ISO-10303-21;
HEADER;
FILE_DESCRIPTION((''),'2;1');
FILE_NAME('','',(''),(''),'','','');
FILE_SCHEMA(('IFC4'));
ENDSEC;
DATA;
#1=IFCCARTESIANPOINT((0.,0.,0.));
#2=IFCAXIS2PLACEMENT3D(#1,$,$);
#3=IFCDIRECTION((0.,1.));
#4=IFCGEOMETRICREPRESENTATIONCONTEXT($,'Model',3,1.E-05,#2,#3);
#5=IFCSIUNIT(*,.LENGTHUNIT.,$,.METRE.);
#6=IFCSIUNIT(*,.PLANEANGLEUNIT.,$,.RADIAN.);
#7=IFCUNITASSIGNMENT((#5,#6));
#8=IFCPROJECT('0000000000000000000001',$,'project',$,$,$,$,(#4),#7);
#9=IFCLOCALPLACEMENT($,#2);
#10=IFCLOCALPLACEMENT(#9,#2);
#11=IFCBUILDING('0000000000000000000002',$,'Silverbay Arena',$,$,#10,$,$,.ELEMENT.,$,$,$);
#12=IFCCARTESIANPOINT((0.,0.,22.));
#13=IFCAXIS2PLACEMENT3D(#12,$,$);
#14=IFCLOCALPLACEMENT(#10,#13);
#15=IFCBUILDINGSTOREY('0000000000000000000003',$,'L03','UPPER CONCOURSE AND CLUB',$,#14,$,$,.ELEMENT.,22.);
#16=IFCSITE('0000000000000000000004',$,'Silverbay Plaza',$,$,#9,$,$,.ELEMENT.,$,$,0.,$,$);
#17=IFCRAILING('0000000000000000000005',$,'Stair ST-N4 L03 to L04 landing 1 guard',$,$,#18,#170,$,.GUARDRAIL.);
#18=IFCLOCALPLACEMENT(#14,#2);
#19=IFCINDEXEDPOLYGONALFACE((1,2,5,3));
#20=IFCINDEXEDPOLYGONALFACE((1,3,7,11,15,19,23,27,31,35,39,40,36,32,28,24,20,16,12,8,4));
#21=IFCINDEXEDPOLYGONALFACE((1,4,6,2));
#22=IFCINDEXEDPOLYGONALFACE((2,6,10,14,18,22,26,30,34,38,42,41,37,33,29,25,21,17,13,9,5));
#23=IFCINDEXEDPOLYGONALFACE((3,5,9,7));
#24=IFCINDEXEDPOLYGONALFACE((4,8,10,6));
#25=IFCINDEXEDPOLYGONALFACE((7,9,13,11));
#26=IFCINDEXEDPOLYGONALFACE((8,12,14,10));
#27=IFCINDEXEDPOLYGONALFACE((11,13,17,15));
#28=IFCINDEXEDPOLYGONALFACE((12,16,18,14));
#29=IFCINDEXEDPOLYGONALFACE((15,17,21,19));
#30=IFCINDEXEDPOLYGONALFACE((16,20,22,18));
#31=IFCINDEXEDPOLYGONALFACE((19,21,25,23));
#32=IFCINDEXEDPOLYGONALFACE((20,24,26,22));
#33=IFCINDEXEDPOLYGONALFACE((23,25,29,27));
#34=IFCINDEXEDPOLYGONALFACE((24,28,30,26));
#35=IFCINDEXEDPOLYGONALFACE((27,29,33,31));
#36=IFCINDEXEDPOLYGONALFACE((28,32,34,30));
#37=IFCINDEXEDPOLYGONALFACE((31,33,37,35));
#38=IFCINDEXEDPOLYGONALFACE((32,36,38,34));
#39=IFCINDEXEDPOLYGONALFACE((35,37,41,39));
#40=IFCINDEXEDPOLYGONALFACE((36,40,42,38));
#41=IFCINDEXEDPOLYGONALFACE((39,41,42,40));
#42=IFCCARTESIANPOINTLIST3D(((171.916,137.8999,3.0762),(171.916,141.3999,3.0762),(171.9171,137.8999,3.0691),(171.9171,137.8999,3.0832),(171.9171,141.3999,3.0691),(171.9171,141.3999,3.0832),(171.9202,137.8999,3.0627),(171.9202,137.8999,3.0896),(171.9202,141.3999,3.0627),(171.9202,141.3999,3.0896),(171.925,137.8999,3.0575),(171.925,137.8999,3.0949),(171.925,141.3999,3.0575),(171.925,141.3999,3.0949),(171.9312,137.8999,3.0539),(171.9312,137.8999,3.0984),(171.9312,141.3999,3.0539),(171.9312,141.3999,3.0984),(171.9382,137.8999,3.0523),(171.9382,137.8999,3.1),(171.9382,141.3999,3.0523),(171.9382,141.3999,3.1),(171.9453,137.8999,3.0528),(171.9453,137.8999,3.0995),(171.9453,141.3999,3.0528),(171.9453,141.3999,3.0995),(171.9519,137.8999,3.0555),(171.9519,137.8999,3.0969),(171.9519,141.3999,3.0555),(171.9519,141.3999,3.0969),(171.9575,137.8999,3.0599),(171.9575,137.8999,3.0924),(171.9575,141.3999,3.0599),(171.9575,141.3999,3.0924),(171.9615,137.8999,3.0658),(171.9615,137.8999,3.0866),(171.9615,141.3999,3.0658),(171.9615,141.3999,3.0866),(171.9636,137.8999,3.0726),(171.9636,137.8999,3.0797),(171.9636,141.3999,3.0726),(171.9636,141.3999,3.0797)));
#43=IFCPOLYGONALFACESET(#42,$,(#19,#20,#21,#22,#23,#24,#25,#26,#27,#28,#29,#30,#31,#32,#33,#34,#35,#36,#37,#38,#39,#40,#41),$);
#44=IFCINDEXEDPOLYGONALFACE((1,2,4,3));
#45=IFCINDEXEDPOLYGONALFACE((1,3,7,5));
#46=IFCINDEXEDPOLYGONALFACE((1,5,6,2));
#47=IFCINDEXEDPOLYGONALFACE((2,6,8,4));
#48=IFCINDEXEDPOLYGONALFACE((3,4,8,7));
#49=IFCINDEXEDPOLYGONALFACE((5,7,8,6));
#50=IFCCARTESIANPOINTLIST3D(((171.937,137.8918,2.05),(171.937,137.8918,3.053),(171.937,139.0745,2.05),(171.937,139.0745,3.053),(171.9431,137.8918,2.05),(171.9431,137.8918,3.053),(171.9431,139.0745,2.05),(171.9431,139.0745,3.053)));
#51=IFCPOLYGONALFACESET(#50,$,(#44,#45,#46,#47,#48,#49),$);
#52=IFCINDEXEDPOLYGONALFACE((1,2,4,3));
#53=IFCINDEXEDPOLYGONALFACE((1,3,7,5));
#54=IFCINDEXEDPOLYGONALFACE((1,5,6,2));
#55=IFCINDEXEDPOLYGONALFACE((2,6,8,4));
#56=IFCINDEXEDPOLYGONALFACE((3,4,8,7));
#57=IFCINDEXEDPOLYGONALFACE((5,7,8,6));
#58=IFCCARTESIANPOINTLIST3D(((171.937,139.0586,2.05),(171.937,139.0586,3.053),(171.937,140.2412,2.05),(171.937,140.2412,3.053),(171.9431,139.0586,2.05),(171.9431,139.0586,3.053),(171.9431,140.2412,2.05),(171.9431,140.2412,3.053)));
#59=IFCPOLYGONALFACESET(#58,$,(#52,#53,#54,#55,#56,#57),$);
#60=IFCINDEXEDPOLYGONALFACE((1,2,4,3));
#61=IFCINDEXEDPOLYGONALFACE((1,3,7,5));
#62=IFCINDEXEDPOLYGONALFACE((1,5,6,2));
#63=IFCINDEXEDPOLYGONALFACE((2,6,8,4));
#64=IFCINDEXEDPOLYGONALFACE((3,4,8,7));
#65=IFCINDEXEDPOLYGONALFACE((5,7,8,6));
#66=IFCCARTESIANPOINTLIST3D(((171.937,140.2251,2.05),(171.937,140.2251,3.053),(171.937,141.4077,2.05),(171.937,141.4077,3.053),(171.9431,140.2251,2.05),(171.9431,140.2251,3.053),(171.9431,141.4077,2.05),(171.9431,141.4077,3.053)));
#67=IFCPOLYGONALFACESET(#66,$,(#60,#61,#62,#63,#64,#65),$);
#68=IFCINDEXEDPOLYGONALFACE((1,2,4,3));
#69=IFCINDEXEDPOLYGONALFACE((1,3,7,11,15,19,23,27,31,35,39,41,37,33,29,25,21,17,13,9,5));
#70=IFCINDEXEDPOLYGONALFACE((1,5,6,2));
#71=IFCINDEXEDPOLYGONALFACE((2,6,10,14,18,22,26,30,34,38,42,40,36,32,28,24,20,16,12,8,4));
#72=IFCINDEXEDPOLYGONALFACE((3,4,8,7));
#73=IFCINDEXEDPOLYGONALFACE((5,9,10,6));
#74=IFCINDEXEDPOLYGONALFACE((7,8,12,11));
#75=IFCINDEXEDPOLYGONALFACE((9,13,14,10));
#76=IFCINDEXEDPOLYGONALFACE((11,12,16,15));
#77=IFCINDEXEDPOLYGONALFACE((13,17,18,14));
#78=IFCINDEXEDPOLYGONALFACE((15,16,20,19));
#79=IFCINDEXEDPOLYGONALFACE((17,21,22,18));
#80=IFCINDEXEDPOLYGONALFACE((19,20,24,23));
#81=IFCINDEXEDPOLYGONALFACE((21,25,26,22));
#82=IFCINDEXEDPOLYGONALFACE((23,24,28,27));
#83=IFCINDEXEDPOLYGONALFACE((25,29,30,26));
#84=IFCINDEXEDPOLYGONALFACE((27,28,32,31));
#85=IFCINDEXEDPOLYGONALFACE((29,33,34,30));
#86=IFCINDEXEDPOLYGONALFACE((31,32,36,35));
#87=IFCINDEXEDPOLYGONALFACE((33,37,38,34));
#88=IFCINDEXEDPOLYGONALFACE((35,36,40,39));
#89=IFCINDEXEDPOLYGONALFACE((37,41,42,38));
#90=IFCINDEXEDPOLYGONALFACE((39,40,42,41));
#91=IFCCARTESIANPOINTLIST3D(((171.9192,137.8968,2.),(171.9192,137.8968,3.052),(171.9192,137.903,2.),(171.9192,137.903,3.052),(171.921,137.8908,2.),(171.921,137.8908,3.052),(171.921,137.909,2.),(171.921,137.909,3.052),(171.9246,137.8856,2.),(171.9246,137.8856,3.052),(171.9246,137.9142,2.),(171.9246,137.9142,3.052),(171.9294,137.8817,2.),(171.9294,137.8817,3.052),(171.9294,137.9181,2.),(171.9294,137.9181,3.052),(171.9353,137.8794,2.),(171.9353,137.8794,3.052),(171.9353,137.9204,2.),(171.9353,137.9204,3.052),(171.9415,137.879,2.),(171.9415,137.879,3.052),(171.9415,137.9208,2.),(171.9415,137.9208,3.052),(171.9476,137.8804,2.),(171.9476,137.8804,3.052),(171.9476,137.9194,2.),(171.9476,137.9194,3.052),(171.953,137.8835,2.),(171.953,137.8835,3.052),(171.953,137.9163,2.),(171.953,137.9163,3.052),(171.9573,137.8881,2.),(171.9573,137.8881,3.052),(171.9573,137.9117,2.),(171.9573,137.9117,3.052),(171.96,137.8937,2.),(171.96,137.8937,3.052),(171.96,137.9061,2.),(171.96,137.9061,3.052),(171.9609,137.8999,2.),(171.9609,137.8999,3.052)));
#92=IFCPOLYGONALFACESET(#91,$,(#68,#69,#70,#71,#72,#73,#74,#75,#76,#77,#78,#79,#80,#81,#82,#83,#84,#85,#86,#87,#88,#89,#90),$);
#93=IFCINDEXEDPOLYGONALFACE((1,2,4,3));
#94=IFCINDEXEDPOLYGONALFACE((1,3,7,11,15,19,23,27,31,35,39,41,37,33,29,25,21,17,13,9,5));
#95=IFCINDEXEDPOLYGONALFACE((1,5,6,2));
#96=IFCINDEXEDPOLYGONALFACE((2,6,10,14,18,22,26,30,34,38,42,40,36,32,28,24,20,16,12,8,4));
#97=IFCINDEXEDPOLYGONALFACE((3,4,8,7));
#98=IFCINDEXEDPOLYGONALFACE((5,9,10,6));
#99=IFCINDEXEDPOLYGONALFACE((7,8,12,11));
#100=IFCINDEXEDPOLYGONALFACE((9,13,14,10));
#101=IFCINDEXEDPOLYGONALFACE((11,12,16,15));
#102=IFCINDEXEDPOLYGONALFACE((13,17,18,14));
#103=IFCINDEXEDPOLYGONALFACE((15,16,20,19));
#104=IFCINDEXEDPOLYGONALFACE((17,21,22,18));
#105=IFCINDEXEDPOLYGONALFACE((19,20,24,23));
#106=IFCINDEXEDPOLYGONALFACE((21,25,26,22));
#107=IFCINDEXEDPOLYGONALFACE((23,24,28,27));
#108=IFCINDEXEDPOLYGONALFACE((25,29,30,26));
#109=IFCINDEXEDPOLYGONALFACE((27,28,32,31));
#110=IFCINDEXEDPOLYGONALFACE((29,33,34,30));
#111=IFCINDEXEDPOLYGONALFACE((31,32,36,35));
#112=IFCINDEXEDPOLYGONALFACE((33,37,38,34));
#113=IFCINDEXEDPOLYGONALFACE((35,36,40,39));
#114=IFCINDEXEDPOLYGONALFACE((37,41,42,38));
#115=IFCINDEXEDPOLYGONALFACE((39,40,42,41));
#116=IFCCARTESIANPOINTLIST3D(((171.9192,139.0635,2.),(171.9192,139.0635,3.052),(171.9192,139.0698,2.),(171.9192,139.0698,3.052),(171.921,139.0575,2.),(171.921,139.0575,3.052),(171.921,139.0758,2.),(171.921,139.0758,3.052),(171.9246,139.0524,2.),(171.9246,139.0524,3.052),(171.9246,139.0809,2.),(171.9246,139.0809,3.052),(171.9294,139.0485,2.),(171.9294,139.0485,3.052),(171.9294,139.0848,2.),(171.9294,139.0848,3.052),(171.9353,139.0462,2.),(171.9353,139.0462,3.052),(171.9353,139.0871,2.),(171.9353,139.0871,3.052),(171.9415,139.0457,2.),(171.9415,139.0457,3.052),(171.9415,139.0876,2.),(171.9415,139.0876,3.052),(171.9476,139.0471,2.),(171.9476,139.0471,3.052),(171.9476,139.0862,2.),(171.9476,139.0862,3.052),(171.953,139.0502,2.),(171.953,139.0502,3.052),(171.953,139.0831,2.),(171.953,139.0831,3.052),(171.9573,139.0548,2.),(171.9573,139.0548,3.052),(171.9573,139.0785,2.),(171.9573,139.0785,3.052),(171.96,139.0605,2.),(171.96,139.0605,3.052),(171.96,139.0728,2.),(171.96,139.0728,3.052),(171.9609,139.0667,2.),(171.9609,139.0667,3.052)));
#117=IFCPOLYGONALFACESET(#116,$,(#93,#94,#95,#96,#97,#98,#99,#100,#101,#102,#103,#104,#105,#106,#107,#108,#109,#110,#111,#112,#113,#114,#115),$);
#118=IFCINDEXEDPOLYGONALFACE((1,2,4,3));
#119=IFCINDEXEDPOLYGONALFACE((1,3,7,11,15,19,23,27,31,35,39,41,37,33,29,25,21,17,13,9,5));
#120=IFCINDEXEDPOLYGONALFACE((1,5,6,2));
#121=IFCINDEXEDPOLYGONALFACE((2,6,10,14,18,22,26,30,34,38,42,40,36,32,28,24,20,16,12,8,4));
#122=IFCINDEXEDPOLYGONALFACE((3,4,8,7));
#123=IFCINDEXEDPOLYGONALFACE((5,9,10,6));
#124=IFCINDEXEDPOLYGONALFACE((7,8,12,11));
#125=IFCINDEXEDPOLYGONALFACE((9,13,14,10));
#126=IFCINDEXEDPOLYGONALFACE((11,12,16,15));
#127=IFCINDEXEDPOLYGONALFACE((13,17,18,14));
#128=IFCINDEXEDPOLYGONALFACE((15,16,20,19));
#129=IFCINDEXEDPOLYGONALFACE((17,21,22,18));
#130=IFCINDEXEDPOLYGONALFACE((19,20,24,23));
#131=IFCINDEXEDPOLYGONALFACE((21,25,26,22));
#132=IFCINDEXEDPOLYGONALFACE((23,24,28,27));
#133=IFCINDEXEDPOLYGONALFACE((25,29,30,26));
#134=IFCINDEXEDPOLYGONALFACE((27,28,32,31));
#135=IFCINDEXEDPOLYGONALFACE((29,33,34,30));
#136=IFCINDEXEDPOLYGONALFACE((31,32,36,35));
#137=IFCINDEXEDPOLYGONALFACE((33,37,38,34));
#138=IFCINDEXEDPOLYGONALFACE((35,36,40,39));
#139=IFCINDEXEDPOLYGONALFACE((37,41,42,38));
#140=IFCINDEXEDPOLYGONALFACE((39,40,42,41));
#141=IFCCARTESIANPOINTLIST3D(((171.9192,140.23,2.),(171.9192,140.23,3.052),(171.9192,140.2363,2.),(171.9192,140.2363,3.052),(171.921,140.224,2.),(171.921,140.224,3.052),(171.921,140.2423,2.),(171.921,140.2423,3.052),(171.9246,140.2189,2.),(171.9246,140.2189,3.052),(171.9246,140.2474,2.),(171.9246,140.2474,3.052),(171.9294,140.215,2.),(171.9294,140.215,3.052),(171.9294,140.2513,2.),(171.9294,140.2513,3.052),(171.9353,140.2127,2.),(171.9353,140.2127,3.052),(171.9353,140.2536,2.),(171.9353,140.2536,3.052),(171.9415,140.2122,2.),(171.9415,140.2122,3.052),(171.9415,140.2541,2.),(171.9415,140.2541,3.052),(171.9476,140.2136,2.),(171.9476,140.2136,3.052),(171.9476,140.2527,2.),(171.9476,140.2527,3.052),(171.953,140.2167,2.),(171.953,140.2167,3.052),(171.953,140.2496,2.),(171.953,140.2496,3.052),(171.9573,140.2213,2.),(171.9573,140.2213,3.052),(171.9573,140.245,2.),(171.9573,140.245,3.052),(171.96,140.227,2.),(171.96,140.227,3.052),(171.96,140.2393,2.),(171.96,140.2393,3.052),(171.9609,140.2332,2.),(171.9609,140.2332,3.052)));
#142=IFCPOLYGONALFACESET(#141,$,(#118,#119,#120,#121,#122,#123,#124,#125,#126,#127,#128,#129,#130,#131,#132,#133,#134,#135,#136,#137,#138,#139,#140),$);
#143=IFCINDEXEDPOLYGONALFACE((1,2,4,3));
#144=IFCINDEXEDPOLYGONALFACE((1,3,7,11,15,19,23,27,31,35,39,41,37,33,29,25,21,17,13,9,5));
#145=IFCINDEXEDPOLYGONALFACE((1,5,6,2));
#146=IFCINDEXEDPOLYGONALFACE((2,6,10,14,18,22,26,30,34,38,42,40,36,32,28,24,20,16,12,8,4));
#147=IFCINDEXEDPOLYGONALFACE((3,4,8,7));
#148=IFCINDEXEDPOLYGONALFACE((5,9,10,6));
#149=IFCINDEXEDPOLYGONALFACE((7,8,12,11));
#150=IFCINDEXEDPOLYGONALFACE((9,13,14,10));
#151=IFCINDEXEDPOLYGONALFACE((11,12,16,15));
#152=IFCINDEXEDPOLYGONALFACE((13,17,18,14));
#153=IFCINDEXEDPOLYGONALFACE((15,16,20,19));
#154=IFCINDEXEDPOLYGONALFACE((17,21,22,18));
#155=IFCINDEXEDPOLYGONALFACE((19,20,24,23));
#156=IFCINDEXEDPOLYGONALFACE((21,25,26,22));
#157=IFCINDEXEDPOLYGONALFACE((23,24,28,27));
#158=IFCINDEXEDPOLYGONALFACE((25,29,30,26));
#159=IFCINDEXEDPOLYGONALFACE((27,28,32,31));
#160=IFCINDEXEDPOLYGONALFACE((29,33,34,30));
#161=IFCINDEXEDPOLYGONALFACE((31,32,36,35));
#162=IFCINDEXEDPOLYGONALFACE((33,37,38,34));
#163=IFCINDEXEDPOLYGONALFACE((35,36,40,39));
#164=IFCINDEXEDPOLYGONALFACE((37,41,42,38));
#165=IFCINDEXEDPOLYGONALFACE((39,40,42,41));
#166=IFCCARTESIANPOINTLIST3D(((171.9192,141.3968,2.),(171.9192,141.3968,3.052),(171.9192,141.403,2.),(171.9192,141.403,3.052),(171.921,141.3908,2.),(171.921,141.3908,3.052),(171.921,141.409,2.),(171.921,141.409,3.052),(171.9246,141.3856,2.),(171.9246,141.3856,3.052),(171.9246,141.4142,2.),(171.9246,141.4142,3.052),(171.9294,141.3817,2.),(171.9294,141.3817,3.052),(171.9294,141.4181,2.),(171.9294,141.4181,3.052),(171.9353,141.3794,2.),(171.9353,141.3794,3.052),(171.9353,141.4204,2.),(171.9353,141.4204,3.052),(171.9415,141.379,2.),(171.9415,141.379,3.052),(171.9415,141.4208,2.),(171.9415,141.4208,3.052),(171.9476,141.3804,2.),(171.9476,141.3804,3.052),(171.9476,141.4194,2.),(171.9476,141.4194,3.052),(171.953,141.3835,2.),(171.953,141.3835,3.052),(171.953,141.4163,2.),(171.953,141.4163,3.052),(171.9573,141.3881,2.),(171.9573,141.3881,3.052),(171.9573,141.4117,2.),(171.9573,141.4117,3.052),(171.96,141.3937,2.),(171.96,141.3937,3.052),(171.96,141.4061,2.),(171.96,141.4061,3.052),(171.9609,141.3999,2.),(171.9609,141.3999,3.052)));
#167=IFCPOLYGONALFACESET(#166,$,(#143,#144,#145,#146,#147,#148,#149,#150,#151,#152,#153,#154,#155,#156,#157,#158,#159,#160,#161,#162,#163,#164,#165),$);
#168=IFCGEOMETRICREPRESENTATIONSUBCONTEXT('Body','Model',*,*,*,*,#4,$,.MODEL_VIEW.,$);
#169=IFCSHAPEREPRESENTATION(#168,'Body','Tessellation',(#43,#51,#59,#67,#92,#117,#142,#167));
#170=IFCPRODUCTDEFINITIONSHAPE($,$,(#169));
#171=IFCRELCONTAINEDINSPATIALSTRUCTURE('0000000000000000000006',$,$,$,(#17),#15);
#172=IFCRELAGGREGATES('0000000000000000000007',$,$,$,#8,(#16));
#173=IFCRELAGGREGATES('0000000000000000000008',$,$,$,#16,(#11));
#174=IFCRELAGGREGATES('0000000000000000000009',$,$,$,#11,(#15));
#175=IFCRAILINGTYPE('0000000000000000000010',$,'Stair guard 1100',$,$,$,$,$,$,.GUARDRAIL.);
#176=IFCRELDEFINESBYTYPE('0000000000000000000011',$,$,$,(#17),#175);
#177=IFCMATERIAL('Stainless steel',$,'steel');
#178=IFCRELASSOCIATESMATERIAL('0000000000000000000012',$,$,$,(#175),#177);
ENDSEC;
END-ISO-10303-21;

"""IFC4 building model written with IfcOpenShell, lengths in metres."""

from ifc_helpers import new_model, si_unit, direction, frame, origin, origin_2d, place, context, subcontext, project, spatial, polyline, circle, outline, extrude, material, type_object, element, save


model = new_model("IFC4")

# Units and contexts
model_context = context("Model", 3, precision=1e-05, world=origin(), true_north=direction((0.0, 1.0)))
body_context = subcontext(model_context, "Body", "Model", "MODEL_VIEW")
ifc_project = project(units=[si_unit("LENGTHUNIT", "METRE"), si_unit("PLANEANGLEUNIT", "RADIAN")], contexts=[model_context])

# Site, building, storey
site_placement = place(None, origin())
site = spatial("IfcSite", under=ifc_project, at=site_placement, Name="Silverbay Plaza", CompositionType="ELEMENT", RefElevation=0.0)
building_placement = place(site_placement, origin())
building = spatial("IfcBuilding", under=site, at=building_placement, Name="Silverbay Arena", CompositionType="ELEMENT")
storey_placement = place(building_placement, frame((0.0, 0.0, 22.0)))
storey = spatial("IfcBuildingStorey", under=building, at=storey_placement, Name="L03", Description="UPPER CONCOURSE AND CLUB", CompositionType="ELEMENT", Elevation=22.0)

# Railing
ifc_material_1 = material(Name="Stainless steel", Category="steel")
railing_type_1 = type_object("IfcRailingType", Name="Stair guard 1100", PredefinedType="GUARDRAIL", material=ifc_material_1)
for number, where, name in (
    (1, (171.9399, 137.8999, 2.0), "Stair ST-N4 L03 to L04 landing 1 guard"),
):
    element("IfcRailing", number, at=place(storey_placement, frame(where)), inside=storey, type_object=railing_type_1, Name=name, PredefinedType="GUARDRAIL", context=body_context, shape_type="SweptSolid", body=[
        extrude(circle(Radius=0.0239, at=origin_2d()), frame((0.0, 0.0, 1.0762), z_axis=(0.0, 1.0, 0.0), x_axis=(-1.0, 0.0, 0.0)), (0.0, 0.0, 1.0), 3.5),
        extrude(outline(polyline([(-0.0081, 0.05), (1.1746, 0.05), (1.1746, 1.053), (-0.0081, 1.053), (-0.0081, 0.05)])), frame((-0.0029, 0.0, 0.0), z_axis=(1.0, 0.0, 0.0), x_axis=(0.0, 1.0, 0.0)), (0.0, 0.0, 1.0), 0.0061),
        extrude(outline(polyline([(-0.0081, 0.05), (1.1746, 0.05), (1.1746, 1.053), (-0.0081, 1.053), (-0.0081, 0.05)])), frame((-0.0029, 1.1667, 0.0), z_axis=(1.0, 0.0, 0.0), x_axis=(0.0, 1.0, 0.0)), (0.0, 0.0, 1.0), 0.0061),
        extrude(outline(polyline([(-0.0081, 0.05), (1.1746, 0.05), (1.1746, 1.053), (-0.0081, 1.053), (-0.0081, 0.05)])), frame((-0.0029, 2.3333, 0.0), z_axis=(1.0, 0.0, 0.0), x_axis=(0.0, 1.0, 0.0)), (0.0, 0.0, 1.0), 0.0061),
        extrude(circle(Radius=0.021, at=origin_2d()), origin(), (0.0, 0.0, 1.0), 1.052),
        extrude(circle(Radius=0.021, at=origin_2d()), frame((0.0, 1.1667, 0.0)), (0.0, 0.0, 1.0), 1.052),
        extrude(circle(Radius=0.021, at=origin_2d()), frame((0.0, 2.3333, 0.0)), (0.0, 0.0, 1.0), 1.052),
        extrude(circle(Radius=0.021, at=origin_2d()), frame((0.0, 3.5, 0.0)), (0.0, 0.0, 1.0), 1.052),
    ])

save(model, "model.ifc")
